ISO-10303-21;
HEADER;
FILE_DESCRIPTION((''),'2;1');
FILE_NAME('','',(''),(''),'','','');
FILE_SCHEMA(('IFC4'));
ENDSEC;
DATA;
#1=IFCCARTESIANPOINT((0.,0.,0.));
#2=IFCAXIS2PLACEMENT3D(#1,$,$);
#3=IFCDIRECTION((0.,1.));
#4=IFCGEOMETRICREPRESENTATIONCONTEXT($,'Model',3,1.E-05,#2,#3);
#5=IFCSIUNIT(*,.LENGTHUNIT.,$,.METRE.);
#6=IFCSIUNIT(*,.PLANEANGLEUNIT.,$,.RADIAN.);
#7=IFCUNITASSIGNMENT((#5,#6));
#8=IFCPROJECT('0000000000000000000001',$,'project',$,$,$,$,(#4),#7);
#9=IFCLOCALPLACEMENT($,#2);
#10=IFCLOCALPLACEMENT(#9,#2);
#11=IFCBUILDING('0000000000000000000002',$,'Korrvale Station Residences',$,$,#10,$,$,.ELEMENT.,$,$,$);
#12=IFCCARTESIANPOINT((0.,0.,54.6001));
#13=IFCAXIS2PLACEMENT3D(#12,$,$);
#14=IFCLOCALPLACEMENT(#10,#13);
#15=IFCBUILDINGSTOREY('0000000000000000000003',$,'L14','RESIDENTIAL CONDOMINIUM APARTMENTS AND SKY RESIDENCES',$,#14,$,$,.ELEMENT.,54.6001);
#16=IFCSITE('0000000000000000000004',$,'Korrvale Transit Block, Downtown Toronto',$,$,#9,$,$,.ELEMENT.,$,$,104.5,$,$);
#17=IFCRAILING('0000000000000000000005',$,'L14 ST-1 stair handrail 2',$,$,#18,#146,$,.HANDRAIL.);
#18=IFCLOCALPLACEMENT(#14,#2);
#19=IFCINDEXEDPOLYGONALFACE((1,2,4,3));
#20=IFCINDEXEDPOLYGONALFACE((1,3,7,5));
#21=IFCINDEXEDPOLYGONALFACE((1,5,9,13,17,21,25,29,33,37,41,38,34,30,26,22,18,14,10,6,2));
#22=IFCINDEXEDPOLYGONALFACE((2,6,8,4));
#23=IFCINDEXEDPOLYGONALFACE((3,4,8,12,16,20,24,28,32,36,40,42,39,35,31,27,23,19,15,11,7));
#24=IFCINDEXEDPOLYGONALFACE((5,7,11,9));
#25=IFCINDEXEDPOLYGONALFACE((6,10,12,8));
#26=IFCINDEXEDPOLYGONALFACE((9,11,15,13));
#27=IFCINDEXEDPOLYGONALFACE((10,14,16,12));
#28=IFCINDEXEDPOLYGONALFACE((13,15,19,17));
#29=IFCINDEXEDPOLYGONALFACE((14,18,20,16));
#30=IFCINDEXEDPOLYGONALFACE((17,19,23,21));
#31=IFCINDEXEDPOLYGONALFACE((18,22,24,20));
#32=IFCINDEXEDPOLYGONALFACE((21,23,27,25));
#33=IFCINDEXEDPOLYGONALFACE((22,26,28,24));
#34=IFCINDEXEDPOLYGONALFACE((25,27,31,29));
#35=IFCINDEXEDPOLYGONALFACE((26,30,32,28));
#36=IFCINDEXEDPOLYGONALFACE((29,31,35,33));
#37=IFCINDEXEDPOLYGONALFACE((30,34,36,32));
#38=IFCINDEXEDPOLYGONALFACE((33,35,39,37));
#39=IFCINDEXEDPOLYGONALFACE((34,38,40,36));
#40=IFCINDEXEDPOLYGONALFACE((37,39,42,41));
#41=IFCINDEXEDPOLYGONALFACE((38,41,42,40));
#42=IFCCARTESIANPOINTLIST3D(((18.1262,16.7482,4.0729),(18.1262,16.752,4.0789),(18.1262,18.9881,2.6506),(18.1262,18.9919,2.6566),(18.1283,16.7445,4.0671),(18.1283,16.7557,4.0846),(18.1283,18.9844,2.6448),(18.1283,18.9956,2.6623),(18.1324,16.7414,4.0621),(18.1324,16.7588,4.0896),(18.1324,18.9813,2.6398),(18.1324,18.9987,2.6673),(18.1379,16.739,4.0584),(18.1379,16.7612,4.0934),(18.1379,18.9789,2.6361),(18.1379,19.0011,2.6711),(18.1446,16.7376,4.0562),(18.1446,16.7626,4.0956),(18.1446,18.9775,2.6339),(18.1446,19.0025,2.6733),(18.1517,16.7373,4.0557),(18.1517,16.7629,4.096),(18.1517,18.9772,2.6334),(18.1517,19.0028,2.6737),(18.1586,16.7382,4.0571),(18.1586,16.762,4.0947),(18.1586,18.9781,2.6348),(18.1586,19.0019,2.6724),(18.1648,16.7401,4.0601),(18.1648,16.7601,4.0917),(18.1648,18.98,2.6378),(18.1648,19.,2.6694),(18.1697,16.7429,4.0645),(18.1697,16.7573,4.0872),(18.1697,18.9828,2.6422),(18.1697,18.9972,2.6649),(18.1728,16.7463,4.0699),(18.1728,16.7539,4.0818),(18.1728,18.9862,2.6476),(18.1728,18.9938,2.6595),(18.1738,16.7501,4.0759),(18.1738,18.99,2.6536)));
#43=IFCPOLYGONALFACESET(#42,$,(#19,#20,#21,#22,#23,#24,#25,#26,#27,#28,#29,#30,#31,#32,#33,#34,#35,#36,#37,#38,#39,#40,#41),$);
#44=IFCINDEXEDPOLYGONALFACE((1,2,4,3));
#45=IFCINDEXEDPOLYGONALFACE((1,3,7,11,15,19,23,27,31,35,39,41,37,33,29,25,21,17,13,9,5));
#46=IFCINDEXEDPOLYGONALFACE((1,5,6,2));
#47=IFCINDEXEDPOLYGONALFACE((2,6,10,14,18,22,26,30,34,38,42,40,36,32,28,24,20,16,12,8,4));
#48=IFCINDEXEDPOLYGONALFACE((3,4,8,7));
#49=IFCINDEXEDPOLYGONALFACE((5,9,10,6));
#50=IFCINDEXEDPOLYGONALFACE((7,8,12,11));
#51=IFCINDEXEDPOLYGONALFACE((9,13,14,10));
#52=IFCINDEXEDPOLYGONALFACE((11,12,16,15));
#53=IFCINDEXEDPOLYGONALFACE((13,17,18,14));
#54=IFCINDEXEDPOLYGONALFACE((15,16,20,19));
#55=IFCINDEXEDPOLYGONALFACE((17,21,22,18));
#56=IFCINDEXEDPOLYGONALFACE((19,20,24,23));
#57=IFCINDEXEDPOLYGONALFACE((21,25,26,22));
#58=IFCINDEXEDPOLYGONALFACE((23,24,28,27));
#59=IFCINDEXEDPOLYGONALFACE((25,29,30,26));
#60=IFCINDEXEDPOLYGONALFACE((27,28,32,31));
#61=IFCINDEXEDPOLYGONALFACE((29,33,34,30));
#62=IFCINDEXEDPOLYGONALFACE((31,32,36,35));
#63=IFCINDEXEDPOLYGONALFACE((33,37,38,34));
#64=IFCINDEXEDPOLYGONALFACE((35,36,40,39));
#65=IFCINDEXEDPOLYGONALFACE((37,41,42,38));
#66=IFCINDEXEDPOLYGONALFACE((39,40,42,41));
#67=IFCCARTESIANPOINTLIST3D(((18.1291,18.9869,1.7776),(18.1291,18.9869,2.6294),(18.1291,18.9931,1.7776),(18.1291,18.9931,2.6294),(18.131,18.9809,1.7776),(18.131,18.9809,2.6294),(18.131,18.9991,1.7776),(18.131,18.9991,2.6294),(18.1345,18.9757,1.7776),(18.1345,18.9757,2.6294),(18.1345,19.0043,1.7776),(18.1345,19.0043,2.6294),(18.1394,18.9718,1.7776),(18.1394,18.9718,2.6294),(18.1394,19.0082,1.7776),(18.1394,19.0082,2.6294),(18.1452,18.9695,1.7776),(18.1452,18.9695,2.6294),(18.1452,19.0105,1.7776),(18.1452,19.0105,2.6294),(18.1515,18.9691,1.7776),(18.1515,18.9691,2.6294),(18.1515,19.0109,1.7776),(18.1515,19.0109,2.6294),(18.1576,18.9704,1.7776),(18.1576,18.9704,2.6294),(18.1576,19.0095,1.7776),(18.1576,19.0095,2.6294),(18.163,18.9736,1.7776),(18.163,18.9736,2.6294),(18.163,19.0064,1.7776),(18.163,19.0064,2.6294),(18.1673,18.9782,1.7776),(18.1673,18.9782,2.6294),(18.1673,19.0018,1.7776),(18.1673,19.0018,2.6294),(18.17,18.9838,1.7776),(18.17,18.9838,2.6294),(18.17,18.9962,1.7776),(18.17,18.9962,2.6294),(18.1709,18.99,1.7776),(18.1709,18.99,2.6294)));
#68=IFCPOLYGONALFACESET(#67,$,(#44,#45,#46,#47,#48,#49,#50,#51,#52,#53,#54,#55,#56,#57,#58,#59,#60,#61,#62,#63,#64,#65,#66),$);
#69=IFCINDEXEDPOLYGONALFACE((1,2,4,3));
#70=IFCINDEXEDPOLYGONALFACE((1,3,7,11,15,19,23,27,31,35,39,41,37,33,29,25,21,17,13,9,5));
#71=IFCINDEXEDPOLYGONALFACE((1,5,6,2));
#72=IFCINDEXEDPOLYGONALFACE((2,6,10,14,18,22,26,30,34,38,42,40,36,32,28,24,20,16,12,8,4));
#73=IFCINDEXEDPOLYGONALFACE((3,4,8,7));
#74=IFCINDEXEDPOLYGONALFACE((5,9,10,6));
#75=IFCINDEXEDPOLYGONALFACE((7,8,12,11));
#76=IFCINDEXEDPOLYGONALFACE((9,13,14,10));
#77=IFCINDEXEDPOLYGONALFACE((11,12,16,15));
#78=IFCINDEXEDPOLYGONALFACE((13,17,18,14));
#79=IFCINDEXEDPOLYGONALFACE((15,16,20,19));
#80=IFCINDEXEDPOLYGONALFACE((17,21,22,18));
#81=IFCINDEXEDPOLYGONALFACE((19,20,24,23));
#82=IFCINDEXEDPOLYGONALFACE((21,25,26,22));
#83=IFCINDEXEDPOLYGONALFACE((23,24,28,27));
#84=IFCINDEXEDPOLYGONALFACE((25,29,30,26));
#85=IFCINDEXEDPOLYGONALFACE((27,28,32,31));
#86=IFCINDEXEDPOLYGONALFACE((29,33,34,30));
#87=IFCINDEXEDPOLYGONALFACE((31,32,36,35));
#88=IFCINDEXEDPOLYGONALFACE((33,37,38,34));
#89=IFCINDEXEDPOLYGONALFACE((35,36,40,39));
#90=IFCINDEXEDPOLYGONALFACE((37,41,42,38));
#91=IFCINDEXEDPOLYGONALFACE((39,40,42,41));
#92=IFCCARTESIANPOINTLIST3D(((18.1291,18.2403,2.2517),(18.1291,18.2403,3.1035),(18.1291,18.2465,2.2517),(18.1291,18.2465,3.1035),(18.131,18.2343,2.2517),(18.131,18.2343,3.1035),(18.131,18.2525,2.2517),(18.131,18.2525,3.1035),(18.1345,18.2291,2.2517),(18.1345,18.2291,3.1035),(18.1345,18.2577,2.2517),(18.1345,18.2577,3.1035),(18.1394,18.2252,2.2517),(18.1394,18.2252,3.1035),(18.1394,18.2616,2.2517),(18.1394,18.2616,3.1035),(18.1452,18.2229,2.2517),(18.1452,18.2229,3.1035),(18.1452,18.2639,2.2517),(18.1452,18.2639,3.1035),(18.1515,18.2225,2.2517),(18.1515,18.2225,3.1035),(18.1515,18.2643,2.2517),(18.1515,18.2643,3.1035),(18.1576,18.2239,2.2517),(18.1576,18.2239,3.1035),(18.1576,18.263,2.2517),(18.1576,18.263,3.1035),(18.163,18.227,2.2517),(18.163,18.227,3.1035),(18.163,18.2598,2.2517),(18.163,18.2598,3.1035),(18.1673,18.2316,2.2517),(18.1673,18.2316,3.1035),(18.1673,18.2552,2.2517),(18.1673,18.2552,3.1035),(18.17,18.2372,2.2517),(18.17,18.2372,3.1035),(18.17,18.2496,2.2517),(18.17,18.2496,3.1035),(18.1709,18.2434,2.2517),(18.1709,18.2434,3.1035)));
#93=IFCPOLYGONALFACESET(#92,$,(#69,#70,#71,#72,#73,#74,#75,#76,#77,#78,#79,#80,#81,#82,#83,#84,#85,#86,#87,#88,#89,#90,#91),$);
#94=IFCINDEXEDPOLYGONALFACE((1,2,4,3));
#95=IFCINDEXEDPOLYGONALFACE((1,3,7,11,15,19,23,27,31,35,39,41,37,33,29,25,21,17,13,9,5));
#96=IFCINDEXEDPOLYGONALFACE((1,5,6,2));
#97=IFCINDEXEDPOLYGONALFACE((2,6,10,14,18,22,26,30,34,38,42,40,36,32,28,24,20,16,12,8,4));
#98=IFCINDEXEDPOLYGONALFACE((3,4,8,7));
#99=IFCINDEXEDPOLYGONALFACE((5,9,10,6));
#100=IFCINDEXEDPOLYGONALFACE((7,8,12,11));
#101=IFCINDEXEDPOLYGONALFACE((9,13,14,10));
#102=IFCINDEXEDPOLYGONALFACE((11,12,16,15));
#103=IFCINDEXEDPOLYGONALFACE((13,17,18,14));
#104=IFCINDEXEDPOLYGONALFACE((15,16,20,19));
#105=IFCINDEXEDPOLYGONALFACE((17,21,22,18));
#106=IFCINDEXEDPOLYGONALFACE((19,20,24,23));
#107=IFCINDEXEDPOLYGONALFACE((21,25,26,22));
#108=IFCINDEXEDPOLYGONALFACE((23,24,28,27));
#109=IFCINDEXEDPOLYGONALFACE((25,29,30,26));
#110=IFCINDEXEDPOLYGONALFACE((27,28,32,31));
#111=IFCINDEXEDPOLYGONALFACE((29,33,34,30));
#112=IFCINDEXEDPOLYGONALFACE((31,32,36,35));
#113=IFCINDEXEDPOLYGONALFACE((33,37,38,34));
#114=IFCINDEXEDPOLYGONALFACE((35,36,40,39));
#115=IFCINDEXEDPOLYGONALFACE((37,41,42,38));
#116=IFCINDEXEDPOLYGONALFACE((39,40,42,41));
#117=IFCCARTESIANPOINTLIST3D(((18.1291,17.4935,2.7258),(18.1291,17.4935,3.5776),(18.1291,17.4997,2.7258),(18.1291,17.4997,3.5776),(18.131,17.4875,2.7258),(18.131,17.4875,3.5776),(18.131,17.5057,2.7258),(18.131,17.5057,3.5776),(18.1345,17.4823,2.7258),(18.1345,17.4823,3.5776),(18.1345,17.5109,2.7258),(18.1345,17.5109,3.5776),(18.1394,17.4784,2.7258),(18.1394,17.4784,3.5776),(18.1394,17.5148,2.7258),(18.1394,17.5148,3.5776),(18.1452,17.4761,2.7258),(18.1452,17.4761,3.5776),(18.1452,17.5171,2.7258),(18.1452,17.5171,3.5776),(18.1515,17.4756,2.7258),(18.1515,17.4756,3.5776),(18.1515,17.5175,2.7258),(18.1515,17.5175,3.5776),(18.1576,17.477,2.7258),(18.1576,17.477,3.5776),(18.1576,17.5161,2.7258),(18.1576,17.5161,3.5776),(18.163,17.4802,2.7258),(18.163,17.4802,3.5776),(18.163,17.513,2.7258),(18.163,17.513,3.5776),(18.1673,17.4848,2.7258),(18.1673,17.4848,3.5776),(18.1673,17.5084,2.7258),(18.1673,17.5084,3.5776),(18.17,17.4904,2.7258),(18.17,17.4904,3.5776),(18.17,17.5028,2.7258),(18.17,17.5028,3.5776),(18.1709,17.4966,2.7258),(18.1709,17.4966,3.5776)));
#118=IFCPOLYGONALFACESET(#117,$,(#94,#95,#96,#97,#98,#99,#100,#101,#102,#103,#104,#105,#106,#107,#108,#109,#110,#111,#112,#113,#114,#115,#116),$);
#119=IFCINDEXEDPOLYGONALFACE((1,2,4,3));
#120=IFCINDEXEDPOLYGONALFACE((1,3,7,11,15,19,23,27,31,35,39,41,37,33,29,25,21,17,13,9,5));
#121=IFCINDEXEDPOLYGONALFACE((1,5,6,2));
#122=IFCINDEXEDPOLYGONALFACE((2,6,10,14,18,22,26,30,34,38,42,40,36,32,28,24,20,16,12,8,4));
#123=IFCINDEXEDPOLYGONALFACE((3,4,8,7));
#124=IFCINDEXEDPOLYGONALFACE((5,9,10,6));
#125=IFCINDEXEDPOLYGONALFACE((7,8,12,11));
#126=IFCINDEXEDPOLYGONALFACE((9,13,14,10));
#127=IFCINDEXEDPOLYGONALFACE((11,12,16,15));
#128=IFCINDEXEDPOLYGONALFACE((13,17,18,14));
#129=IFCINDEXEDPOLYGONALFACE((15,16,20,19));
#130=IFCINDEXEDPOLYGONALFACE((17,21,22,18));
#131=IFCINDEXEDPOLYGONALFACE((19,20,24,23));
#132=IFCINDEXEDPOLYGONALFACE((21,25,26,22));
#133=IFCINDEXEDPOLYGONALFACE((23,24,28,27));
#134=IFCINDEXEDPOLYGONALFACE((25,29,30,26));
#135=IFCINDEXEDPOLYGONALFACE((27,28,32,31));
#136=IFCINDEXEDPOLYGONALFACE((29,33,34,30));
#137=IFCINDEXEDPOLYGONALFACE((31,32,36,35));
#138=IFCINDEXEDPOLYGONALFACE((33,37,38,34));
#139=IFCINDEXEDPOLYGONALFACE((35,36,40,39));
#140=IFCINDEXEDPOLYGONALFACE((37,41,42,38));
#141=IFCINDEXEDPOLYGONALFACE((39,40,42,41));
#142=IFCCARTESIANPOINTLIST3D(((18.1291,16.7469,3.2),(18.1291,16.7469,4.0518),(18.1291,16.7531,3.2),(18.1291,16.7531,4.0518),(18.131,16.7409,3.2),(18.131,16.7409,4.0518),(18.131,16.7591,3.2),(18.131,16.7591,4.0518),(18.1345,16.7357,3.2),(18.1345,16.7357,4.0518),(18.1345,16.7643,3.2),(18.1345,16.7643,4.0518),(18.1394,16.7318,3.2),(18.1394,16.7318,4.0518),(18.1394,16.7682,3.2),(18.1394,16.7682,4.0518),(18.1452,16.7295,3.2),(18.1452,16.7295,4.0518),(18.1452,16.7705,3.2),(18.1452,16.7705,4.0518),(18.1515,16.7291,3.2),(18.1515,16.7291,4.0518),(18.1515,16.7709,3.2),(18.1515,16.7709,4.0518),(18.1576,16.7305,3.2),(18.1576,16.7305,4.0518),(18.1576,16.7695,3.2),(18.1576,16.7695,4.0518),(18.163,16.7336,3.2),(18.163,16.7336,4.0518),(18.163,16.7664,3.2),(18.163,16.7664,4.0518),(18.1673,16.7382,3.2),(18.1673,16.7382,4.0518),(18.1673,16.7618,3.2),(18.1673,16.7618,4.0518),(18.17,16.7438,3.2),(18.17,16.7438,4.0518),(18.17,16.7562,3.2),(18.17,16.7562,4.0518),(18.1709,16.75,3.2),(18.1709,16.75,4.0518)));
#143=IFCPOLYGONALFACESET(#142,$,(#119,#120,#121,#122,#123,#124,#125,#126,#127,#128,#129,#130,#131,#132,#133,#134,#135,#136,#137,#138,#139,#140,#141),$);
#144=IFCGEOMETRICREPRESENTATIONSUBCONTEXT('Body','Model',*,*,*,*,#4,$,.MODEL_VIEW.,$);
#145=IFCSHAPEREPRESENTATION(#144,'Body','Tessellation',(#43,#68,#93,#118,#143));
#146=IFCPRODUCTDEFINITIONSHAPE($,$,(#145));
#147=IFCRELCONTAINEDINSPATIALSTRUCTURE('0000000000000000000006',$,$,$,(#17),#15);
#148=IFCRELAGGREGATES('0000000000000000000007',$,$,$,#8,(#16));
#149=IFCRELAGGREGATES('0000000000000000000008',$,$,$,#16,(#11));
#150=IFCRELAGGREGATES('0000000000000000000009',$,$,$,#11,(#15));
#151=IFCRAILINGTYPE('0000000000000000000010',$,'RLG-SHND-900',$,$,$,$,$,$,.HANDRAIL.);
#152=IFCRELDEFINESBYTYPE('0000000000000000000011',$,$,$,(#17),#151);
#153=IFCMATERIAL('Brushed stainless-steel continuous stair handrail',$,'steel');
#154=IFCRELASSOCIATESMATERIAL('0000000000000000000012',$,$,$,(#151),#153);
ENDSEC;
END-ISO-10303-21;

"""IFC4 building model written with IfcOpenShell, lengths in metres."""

from ifc_helpers import new_model, si_unit, direction, frame, origin, origin_2d, place, context, subcontext, project, spatial, circle, extrude, material, type_object, element, save


model = new_model("IFC4")

# Units and contexts
model_context = context("Model", 3, precision=1e-05, world=origin(), true_north=direction((0.0, 1.0)))
body_context = subcontext(model_context, "Body", "Model", "MODEL_VIEW")
ifc_project = project(units=[si_unit("LENGTHUNIT", "METRE"), si_unit("PLANEANGLEUNIT", "RADIAN")], contexts=[model_context])

# Site, building, storey
site_placement = place(None, origin())
site = spatial("IfcSite", under=ifc_project, at=site_placement, Name="Korrvale Transit Block, Downtown Toronto", CompositionType="ELEMENT", RefElevation=104.5)
building_placement = place(site_placement, origin())
building = spatial("IfcBuilding", under=site, at=building_placement, Name="Korrvale Station Residences", CompositionType="ELEMENT")
storey_placement = place(building_placement, frame((0.0, 0.0, 54.6001)))
storey = spatial("IfcBuildingStorey", under=building, at=storey_placement, Name="L14", Description="RESIDENTIAL CONDOMINIUM APARTMENTS AND SKY RESIDENCES", CompositionType="ELEMENT", Elevation=54.6001)

# Railing
ifc_material_1 = material(Name="Brushed stainless-steel continuous stair handrail", Category="steel")
railing_type_1 = type_object("IfcRailingType", Name="RLG-SHND-900", PredefinedType="HANDRAIL", material=ifc_material_1)
railing_1_placement = place(storey_placement, frame((18.1499, 18.99, 1.7776)))
element("IfcRailing", 1, at=railing_1_placement, inside=storey, type_object=railing_type_1, Name="L14 ST-1 stair handrail 2", PredefinedType="HANDRAIL", context=body_context, shape_type="SweptSolid", body=[
    extrude(circle(Radius=0.0239, at=origin_2d()), frame((0.0, 0.0, 0.876), z_axis=(0.0, -0.844188, 0.536048), x_axis=(1.0, 0.0, 0.0)), (0.0, 0.0, 1.0), 2.6533),
    extrude(circle(Radius=0.021, at=origin_2d()), origin(), (0.0, 0.0, 1.0), 0.8518),
    extrude(circle(Radius=0.021, at=origin_2d()), frame((0.0, -0.7466, 0.4741)), (0.0, 0.0, 1.0), 0.8518),
    extrude(circle(Radius=0.021, at=origin_2d()), frame((0.0, -1.4934, 0.9482)), (0.0, 0.0, 1.0), 0.8518),
    extrude(circle(Radius=0.021, at=origin_2d()), frame((0.0, -2.24, 1.4224)), (0.0, 0.0, 1.0), 0.8518),
])

save(model, "model.ifc")
